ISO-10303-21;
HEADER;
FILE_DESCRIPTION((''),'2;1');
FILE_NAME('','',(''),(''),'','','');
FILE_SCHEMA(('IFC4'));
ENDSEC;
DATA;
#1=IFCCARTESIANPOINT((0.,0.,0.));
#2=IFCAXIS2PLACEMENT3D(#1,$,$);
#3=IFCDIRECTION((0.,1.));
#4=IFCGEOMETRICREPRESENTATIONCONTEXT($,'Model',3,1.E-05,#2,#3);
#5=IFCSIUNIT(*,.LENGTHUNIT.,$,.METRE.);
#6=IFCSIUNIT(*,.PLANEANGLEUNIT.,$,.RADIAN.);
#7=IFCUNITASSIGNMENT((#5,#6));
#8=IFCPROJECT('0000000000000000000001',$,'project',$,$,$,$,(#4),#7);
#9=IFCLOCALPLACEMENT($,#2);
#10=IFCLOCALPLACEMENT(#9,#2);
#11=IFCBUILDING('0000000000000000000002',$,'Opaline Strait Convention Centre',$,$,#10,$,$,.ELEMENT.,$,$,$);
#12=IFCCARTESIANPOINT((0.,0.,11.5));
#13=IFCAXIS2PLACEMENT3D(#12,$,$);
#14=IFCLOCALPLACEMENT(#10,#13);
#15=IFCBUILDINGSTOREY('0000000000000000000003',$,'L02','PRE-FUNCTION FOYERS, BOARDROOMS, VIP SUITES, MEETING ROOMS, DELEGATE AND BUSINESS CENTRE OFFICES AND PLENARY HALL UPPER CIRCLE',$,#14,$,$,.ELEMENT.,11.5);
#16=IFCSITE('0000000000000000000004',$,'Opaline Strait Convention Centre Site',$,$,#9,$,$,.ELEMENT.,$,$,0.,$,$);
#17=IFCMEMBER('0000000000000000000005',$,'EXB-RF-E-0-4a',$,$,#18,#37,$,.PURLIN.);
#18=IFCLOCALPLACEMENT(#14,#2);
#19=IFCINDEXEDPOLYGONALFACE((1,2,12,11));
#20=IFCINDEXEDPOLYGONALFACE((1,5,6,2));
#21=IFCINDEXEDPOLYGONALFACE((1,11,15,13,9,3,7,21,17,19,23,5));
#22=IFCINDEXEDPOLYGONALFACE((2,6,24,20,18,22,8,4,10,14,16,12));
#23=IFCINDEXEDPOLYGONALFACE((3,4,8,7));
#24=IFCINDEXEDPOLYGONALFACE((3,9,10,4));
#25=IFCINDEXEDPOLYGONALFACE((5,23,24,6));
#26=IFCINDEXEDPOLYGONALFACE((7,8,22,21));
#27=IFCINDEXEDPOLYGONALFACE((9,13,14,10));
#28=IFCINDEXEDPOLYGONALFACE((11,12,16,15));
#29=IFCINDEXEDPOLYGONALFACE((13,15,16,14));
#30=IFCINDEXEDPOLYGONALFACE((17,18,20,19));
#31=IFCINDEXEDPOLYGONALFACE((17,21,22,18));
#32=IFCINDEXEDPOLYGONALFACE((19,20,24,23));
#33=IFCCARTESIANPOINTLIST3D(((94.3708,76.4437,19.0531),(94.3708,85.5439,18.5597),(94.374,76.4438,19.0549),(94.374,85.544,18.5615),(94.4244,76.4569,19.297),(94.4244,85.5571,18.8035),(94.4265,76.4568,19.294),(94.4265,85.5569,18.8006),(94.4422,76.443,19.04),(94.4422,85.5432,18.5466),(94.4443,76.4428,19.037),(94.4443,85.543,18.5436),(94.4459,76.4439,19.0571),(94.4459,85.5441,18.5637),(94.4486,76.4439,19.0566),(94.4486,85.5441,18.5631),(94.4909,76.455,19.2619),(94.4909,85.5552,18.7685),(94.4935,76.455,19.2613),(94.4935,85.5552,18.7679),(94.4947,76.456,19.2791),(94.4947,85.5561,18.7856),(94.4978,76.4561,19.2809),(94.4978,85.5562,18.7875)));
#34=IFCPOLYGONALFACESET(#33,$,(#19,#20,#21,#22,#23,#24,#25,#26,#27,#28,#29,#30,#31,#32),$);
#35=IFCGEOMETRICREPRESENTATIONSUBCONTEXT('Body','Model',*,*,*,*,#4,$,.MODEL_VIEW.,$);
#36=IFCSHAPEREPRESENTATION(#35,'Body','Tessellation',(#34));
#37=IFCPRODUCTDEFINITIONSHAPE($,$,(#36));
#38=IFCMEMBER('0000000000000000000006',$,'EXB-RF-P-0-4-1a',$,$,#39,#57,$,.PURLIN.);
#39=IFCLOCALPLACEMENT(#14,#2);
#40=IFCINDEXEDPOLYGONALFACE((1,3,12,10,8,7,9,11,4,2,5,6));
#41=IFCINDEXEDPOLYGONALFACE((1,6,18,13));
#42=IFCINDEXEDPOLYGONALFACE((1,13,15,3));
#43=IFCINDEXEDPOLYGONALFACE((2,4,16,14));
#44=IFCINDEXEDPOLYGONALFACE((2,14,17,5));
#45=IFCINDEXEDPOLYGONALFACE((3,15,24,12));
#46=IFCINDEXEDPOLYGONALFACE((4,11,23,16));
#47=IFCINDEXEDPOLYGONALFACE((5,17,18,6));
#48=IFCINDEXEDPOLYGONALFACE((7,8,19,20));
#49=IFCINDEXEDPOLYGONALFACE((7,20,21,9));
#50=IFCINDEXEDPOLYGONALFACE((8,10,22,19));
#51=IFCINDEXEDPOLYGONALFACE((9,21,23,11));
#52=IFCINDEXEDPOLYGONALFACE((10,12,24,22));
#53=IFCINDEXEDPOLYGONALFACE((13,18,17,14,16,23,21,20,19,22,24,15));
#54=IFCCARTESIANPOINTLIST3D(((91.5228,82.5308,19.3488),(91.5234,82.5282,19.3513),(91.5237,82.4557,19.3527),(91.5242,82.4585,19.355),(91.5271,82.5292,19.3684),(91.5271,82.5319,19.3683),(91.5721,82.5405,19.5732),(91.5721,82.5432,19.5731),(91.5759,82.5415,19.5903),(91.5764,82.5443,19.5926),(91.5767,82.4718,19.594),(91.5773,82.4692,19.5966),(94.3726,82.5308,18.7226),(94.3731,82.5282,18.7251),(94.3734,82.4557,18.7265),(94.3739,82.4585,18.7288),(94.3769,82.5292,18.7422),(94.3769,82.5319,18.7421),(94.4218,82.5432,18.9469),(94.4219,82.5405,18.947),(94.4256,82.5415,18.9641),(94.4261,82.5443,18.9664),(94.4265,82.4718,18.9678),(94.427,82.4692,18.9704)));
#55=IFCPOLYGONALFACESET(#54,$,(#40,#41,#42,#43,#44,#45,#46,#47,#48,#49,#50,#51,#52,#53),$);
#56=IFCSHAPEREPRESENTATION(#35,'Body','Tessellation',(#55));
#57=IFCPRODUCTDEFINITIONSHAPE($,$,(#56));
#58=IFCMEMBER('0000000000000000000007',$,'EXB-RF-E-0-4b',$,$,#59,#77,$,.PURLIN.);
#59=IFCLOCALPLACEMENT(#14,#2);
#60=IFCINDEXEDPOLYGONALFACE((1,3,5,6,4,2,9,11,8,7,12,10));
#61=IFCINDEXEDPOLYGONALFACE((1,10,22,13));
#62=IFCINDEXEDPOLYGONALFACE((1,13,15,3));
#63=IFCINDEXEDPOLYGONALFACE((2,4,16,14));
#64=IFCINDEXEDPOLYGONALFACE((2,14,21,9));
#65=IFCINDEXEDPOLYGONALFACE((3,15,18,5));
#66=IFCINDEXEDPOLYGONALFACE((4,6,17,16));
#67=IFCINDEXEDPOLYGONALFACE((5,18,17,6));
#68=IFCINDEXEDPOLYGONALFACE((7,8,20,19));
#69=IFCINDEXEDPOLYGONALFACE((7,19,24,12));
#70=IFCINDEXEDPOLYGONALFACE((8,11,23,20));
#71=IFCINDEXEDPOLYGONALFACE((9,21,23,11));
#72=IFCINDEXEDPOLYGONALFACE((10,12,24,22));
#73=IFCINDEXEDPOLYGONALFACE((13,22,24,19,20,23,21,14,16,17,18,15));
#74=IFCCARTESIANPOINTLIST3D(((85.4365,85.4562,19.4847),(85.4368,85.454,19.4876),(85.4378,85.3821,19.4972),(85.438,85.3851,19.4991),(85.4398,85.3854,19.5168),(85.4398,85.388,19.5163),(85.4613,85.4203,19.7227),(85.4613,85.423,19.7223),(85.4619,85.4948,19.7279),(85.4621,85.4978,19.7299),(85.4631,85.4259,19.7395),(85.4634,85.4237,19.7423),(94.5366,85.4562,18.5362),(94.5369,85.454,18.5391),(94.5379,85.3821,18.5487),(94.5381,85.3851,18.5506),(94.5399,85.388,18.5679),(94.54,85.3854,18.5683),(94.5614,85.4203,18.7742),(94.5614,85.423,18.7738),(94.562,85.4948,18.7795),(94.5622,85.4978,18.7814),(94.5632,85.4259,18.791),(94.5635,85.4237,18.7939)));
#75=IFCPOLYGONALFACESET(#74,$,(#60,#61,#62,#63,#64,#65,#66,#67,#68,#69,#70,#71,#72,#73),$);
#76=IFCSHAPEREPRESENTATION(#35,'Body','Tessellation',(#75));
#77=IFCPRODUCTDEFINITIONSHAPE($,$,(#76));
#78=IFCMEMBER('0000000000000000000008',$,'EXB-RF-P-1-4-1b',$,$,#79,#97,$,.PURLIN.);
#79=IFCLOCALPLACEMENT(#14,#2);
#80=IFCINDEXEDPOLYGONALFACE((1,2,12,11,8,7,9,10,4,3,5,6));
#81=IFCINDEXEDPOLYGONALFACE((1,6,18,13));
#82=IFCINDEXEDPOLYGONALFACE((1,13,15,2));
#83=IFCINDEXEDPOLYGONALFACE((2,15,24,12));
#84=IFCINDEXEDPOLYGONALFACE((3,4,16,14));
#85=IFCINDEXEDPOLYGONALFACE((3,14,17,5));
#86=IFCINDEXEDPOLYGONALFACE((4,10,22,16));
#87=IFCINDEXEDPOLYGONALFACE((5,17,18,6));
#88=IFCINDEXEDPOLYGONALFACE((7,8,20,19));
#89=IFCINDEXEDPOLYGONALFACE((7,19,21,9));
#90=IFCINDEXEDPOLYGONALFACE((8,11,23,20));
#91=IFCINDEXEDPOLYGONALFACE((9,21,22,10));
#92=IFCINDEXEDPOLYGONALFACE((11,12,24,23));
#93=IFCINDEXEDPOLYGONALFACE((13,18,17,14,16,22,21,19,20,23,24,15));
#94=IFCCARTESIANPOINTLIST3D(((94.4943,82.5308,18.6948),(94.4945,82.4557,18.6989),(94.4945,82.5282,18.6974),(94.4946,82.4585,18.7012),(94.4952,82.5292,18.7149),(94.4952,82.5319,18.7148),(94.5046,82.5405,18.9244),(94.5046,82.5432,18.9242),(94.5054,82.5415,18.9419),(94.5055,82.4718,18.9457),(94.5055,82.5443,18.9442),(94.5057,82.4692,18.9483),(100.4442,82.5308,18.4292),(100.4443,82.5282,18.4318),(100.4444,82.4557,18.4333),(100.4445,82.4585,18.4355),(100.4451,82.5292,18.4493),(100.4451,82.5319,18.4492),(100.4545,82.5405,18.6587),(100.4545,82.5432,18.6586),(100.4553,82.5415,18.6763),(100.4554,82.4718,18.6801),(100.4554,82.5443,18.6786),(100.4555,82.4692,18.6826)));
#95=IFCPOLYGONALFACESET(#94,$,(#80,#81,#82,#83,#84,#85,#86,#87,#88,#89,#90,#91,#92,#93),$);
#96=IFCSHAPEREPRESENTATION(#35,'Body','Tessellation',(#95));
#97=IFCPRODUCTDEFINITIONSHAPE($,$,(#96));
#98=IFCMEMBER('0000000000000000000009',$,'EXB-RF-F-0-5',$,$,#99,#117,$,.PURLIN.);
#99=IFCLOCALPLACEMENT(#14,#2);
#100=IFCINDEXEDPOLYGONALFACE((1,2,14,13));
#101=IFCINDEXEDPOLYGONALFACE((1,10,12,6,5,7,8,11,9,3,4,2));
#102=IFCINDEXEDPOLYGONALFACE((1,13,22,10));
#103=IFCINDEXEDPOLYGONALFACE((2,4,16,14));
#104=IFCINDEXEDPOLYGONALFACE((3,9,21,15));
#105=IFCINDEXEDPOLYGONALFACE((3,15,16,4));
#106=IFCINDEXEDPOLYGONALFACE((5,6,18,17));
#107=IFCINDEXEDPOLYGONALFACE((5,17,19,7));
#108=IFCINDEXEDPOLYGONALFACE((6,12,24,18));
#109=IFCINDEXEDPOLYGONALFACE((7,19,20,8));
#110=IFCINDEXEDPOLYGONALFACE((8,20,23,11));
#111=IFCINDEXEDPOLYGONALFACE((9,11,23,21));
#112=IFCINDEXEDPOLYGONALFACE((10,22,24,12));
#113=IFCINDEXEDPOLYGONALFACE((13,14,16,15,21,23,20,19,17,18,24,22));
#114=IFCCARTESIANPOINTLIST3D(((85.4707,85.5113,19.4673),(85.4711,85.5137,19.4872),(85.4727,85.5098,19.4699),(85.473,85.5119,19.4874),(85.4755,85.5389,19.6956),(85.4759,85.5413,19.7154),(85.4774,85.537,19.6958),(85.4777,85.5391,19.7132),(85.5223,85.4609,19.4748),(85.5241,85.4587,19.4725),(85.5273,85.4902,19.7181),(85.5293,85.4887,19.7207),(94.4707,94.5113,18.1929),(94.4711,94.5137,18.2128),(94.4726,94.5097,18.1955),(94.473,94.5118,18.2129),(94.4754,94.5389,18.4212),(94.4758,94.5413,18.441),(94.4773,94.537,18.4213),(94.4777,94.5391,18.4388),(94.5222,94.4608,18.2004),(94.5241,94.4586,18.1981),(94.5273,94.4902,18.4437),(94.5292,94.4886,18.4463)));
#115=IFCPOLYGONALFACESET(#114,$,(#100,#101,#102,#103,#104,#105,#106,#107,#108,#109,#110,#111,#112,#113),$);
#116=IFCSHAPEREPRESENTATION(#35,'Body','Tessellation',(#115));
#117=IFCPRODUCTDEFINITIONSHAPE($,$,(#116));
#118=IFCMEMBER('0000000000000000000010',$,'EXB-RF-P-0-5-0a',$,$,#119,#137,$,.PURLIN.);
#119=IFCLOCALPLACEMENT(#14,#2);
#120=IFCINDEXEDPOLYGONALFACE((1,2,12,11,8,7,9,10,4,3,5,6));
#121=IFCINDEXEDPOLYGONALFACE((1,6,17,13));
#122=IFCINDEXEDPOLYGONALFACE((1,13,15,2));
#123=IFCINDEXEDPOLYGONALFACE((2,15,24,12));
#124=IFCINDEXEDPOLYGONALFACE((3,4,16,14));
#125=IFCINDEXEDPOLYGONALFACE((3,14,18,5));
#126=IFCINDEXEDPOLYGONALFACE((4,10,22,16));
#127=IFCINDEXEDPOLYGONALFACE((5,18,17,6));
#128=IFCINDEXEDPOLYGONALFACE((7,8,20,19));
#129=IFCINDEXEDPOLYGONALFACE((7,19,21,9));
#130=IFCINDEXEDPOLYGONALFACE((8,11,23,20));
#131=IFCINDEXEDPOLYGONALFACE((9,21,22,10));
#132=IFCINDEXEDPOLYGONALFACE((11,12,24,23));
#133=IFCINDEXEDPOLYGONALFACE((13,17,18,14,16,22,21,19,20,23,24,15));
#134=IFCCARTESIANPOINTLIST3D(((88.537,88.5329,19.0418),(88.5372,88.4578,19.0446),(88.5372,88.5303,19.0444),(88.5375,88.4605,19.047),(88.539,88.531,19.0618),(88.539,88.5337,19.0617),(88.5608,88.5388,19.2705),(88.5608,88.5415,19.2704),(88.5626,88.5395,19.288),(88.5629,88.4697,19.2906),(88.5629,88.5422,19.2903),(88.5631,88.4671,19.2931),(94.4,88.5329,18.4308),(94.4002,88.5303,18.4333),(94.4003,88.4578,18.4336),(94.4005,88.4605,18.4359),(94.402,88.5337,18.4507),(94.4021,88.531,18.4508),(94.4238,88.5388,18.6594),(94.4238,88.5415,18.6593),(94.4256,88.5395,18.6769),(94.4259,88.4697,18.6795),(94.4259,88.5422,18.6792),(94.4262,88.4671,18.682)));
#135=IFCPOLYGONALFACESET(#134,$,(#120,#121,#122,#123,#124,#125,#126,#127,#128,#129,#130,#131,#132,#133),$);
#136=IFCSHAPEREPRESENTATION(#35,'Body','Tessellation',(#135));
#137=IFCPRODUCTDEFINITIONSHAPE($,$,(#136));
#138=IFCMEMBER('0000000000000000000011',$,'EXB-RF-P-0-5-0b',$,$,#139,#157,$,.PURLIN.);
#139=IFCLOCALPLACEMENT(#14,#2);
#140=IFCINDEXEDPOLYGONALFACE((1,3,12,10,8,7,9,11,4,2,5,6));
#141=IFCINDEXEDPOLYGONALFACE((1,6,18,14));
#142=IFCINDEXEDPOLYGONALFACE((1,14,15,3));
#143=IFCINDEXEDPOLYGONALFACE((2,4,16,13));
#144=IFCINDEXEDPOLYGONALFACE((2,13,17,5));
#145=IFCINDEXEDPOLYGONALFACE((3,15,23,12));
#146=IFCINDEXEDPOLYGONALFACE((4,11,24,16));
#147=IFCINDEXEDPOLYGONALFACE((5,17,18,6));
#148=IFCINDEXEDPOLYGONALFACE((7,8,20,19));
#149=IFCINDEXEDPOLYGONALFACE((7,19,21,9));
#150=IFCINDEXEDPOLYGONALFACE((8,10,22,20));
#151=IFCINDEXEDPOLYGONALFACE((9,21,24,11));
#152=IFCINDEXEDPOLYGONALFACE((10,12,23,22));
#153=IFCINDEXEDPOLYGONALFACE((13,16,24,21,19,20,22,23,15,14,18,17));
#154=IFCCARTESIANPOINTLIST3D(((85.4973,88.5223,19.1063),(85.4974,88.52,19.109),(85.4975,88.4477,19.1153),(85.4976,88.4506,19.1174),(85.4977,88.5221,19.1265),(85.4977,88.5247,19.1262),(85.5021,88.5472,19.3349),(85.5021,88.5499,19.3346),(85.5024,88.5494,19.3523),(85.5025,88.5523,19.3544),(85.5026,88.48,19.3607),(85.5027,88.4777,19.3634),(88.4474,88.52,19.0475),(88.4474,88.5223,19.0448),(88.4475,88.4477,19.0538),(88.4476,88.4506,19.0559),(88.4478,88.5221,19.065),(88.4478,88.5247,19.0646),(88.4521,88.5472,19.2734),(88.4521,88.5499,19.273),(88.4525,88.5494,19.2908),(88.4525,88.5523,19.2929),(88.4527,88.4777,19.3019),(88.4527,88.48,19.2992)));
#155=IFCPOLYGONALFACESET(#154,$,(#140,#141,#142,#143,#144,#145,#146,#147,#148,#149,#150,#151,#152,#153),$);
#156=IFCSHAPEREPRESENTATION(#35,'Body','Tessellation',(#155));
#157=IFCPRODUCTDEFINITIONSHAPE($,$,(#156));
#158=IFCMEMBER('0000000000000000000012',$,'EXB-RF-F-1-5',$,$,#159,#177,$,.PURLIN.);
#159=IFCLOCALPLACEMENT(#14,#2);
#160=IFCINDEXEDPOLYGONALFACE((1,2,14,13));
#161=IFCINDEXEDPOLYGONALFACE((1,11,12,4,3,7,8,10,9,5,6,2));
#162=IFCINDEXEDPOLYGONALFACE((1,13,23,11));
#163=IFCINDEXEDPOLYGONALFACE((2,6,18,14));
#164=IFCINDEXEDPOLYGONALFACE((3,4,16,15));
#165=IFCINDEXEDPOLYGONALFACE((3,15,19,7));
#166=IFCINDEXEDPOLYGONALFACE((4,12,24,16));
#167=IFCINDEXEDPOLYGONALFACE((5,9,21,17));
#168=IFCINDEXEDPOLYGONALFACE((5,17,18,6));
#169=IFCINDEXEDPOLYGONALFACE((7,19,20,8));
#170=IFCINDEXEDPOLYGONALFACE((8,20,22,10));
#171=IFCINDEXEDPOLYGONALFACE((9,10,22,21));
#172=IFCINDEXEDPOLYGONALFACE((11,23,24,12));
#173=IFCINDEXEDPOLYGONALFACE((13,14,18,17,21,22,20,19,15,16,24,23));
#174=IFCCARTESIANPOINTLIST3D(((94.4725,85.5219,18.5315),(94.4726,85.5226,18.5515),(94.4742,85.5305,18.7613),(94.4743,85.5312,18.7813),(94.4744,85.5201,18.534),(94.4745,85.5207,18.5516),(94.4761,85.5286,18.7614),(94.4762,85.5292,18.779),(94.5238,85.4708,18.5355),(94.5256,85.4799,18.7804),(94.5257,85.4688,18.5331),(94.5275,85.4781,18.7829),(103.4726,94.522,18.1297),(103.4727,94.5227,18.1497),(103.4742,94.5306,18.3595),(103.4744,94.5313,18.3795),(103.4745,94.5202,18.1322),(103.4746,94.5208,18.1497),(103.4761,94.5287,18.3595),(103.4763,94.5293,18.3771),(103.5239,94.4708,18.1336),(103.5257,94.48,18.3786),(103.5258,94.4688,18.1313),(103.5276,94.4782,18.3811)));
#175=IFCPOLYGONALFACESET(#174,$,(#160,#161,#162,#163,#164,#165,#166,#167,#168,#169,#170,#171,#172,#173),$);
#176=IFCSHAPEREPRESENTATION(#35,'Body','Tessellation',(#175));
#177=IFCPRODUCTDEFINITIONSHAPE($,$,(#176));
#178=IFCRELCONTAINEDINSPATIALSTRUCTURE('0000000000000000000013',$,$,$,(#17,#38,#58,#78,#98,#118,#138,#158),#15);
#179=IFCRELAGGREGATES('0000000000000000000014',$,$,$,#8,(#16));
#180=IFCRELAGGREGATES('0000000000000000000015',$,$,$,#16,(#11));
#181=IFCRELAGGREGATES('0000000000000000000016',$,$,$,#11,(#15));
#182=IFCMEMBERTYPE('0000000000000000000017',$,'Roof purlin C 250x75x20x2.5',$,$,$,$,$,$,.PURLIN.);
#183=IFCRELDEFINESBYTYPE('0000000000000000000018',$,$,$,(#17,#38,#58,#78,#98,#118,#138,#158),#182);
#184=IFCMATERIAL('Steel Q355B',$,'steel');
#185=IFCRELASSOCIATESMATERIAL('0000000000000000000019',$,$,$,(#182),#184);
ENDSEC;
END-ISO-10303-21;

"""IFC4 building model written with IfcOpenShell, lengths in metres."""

from ifc_helpers import new_model, si_unit, direction, frame, origin, place, context, subcontext, project, spatial, polyline, outline, extrude, material, material_profile, profile_set, type_object, element, save


model = new_model("IFC4")

# Units and contexts
model_context = context("Model", 3, precision=1e-05, world=origin(), true_north=direction((0.0, 1.0)))
body_context = subcontext(model_context, "Body", "Model", "MODEL_VIEW")
ifc_project = project(units=[si_unit("LENGTHUNIT", "METRE"), si_unit("PLANEANGLEUNIT", "RADIAN")], contexts=[model_context])

# Site, building, storey
site_placement = place(None, origin())
site = spatial("IfcSite", under=ifc_project, at=site_placement, Name="Opaline Strait Convention Centre Site", CompositionType="ELEMENT", RefElevation=0.0)
building_placement = place(site_placement, origin())
building = spatial("IfcBuilding", under=site, at=building_placement, Name="Opaline Strait Convention Centre", CompositionType="ELEMENT")
storey_placement = place(building_placement, frame((0.0, 0.0, 11.5)))
storey = spatial("IfcBuildingStorey", under=building, at=storey_placement, Name="L02", Description="PRE-FUNCTION FOYERS, BOARDROOMS, VIP SUITES, MEETING ROOMS, DELEGATE AND BUSINESS CENTRE OFFICES AND PLENARY HALL UPPER CIRCLE", CompositionType="ELEMENT", Elevation=11.5)

# Members
ifc_material_1 = material(Name="Steel Q355B", Category="steel")
ifc_material_profile_1 = material_profile(ifc_material_1, outline(polyline([(-0.0376, -0.125), (0.0376, -0.125), (0.0376, -0.105), (0.0349, -0.105), (0.0349, -0.1226), (-0.0349, -0.1226), (-0.0349, 0.1226), (0.0349, 0.1226), (0.0349, 0.105), (0.0376, 0.105), (0.0376, 0.125), (-0.0376, 0.125), (-0.0376, -0.125)])), Name="C 250x75x20x2.5")
ifc_profile_set_1 = profile_set([ifc_material_profile_1], Name="Steel Q355B")
member_type_1 = type_object("IfcMemberType", Name="Roof purlin C 250x75x20x2.5", PredefinedType="PURLIN", material=ifc_profile_set_1)
member_1_placement = place(storey_placement, frame((94.4343, 85.55, 18.6736), z_axis=(0.0, -0.998533, 0.054141), x_axis=(0.976768, -0.011602, -0.213986)))
element("IfcMember", 1, at=member_1_placement, inside=storey, type_object=member_type_1, Name="EXB-RF-E-0-4a", PredefinedType="PURLIN", context=body_context, shape_type="SweptSolid", body=[
    extrude(outline(polyline([(-0.0376, -0.125), (0.0376, -0.125), (0.0376, -0.105), (0.0349, -0.105), (0.0349, -0.1226), (-0.0349, -0.1226), (-0.0349, 0.1226), (0.0349, 0.1226), (0.0349, 0.105), (0.0376, 0.105), (0.0376, 0.125), (-0.0376, 0.125), (-0.0376, -0.125)])), origin(), (0.0, 0.0, 1.0), 9.1135),
])
member_2_placement = place(storey_placement, frame((91.55, 82.5, 19.4727), z_axis=(0.976698, 0.0, -0.214618), x_axis=(-0.011617, 0.998534, -0.052866)))
element("IfcMember", 2, at=member_2_placement, inside=storey, type_object=member_type_1, Name="EXB-RF-P-0-4-1a", PredefinedType="PURLIN", context=body_context, shape_type="SweptSolid", body=[
    extrude(outline(polyline([(-0.0376, -0.125), (0.0376, -0.125), (0.0376, -0.105), (0.0349, -0.105), (0.0349, -0.1226), (-0.0349, -0.1226), (-0.0349, 0.1226), (0.0349, 0.1226), (0.0349, 0.105), (0.0376, 0.105), (0.0376, 0.125), (-0.0376, 0.125), (-0.0376, -0.125)])), origin(), (0.0, 0.0, 1.0), 2.9177),
])
member_3_placement = place(storey_placement, frame((94.55, 85.4399, 18.665), z_axis=(-0.994612, 0.0, 0.103667), x_axis=(0.017254, -0.986052, 0.165542)))
element("IfcMember", 3, at=member_3_placement, inside=storey, type_object=member_type_1, Name="EXB-RF-E-0-4b", PredefinedType="PURLIN", context=body_context, shape_type="SweptSolid", body=[
    extrude(outline(polyline([(-0.0376, -0.125), (0.0376, -0.125), (0.0376, -0.105), (0.0349, -0.105), (0.0349, -0.1226), (-0.0349, -0.1226), (-0.0349, 0.1226), (0.0349, 0.1226), (0.0349, 0.105), (0.0376, 0.105), (0.0376, 0.125), (-0.0376, 0.125), (-0.0376, -0.125)])), origin(), (0.0, 0.0, 1.0), 9.1494),
])
member_4_placement = place(storey_placement, frame((94.5, 82.5, 18.8215), z_axis=(0.999005, 0.0, -0.044599), x_axis=(-0.002414, 0.998534, -0.054074)))
element("IfcMember", 4, at=member_4_placement, inside=storey, type_object=member_type_1, Name="EXB-RF-P-1-4-1b", PredefinedType="PURLIN", context=body_context, shape_type="SweptSolid", body=[
    extrude(outline(polyline([(-0.0376, -0.125), (0.0376, -0.125), (0.0376, -0.105), (0.0349, -0.105), (0.0349, -0.1226), (-0.0349, -0.1226), (-0.0349, 0.1226), (0.0349, 0.1226), (0.0349, 0.105), (0.0376, 0.105), (0.0376, 0.125), (-0.0376, 0.125), (-0.0376, -0.125)])), origin(), (0.0, 0.0, 1.0), 5.9558),
])
member_5_placement = place(storey_placement, frame((85.5, 85.5, 19.594), z_axis=(0.703589, 0.703589, -0.099629), x_axis=(-0.710307, 0.700419, -0.069829)))
element("IfcMember", 5, at=member_5_placement, inside=storey, type_object=member_type_1, Name="EXB-RF-F-0-5", PredefinedType="PURLIN", context=body_context, shape_type="SweptSolid", body=[
    extrude(outline(polyline([(-0.0376, -0.125), (0.0376, -0.125), (0.0376, -0.105), (0.0349, -0.105), (0.0349, -0.1226), (-0.0349, -0.1226), (-0.0349, 0.1226), (0.0349, 0.1226), (0.0349, 0.105), (0.0376, 0.105), (0.0376, 0.125), (-0.0376, 0.125), (-0.0376, -0.125)])), origin(), (0.0, 0.0, 1.0), 12.7915),
])
member_6_placement = place(storey_placement, frame((88.55, 88.5, 19.1675), z_axis=(0.994612, 0.0, -0.103665), x_axis=(-0.003872, 0.999302, -0.037151)))
element("IfcMember", 6, at=member_6_placement, inside=storey, type_object=member_type_1, Name="EXB-RF-P-0-5-0a", PredefinedType="PURLIN", context=body_context, shape_type="SweptSolid", body=[
    extrude(outline(polyline([(-0.0376, -0.125), (0.0376, -0.125), (0.0376, -0.105), (0.0349, -0.105), (0.0349, -0.1226), (-0.0349, -0.1226), (-0.0349, 0.1226), (0.0349, 0.1226), (0.0349, 0.105), (0.0376, 0.105), (0.0376, 0.125), (-0.0376, 0.125), (-0.0376, -0.125)])), origin(), (0.0, 0.0, 1.0), 5.8948),
])
member_7_placement = place(storey_placement, frame((85.5, 88.5, 19.2349), z_axis=(0.999783, 0.0, -0.020851), x_axis=(-0.002501, 0.992783, -0.119896)))
element("IfcMember", 7, at=member_7_placement, inside=storey, type_object=member_type_1, Name="EXB-RF-P-0-5-0b", PredefinedType="PURLIN", context=body_context, shape_type="SweptSolid", body=[
    extrude(outline(polyline([(-0.0376, -0.125), (0.0376, -0.125), (0.0376, -0.105), (0.0349, -0.105), (0.0349, -0.1226), (-0.0349, -0.1226), (-0.0349, 0.1226), (0.0349, 0.1226), (0.0349, 0.105), (0.0376, 0.105), (0.0376, 0.125), (-0.0376, 0.125), (-0.0376, -0.125)])), origin(), (0.0, 0.0, 1.0), 2.9507),
])
member_8_placement = place(storey_placement, frame((94.5, 85.5, 18.6572), z_axis=(0.706755, 0.706755, -0.031557), x_axis=(-0.707421, 0.706472, -0.02126)))
element("IfcMember", 8, at=member_8_placement, inside=storey, type_object=member_type_1, Name="EXB-RF-F-1-5", PredefinedType="PURLIN", context=body_context, shape_type="SweptSolid", body=[
    extrude(outline(polyline([(-0.0376, -0.125), (0.0376, -0.125), (0.0376, -0.105), (0.0349, -0.105), (0.0349, -0.1226), (-0.0349, -0.1226), (-0.0349, 0.1226), (0.0349, 0.1226), (0.0349, 0.105), (0.0376, 0.105), (0.0376, 0.125), (-0.0376, 0.125), (-0.0376, -0.125)])), origin(), (0.0, 0.0, 1.0), 12.7344),
])

save(model, "model.ifc")
